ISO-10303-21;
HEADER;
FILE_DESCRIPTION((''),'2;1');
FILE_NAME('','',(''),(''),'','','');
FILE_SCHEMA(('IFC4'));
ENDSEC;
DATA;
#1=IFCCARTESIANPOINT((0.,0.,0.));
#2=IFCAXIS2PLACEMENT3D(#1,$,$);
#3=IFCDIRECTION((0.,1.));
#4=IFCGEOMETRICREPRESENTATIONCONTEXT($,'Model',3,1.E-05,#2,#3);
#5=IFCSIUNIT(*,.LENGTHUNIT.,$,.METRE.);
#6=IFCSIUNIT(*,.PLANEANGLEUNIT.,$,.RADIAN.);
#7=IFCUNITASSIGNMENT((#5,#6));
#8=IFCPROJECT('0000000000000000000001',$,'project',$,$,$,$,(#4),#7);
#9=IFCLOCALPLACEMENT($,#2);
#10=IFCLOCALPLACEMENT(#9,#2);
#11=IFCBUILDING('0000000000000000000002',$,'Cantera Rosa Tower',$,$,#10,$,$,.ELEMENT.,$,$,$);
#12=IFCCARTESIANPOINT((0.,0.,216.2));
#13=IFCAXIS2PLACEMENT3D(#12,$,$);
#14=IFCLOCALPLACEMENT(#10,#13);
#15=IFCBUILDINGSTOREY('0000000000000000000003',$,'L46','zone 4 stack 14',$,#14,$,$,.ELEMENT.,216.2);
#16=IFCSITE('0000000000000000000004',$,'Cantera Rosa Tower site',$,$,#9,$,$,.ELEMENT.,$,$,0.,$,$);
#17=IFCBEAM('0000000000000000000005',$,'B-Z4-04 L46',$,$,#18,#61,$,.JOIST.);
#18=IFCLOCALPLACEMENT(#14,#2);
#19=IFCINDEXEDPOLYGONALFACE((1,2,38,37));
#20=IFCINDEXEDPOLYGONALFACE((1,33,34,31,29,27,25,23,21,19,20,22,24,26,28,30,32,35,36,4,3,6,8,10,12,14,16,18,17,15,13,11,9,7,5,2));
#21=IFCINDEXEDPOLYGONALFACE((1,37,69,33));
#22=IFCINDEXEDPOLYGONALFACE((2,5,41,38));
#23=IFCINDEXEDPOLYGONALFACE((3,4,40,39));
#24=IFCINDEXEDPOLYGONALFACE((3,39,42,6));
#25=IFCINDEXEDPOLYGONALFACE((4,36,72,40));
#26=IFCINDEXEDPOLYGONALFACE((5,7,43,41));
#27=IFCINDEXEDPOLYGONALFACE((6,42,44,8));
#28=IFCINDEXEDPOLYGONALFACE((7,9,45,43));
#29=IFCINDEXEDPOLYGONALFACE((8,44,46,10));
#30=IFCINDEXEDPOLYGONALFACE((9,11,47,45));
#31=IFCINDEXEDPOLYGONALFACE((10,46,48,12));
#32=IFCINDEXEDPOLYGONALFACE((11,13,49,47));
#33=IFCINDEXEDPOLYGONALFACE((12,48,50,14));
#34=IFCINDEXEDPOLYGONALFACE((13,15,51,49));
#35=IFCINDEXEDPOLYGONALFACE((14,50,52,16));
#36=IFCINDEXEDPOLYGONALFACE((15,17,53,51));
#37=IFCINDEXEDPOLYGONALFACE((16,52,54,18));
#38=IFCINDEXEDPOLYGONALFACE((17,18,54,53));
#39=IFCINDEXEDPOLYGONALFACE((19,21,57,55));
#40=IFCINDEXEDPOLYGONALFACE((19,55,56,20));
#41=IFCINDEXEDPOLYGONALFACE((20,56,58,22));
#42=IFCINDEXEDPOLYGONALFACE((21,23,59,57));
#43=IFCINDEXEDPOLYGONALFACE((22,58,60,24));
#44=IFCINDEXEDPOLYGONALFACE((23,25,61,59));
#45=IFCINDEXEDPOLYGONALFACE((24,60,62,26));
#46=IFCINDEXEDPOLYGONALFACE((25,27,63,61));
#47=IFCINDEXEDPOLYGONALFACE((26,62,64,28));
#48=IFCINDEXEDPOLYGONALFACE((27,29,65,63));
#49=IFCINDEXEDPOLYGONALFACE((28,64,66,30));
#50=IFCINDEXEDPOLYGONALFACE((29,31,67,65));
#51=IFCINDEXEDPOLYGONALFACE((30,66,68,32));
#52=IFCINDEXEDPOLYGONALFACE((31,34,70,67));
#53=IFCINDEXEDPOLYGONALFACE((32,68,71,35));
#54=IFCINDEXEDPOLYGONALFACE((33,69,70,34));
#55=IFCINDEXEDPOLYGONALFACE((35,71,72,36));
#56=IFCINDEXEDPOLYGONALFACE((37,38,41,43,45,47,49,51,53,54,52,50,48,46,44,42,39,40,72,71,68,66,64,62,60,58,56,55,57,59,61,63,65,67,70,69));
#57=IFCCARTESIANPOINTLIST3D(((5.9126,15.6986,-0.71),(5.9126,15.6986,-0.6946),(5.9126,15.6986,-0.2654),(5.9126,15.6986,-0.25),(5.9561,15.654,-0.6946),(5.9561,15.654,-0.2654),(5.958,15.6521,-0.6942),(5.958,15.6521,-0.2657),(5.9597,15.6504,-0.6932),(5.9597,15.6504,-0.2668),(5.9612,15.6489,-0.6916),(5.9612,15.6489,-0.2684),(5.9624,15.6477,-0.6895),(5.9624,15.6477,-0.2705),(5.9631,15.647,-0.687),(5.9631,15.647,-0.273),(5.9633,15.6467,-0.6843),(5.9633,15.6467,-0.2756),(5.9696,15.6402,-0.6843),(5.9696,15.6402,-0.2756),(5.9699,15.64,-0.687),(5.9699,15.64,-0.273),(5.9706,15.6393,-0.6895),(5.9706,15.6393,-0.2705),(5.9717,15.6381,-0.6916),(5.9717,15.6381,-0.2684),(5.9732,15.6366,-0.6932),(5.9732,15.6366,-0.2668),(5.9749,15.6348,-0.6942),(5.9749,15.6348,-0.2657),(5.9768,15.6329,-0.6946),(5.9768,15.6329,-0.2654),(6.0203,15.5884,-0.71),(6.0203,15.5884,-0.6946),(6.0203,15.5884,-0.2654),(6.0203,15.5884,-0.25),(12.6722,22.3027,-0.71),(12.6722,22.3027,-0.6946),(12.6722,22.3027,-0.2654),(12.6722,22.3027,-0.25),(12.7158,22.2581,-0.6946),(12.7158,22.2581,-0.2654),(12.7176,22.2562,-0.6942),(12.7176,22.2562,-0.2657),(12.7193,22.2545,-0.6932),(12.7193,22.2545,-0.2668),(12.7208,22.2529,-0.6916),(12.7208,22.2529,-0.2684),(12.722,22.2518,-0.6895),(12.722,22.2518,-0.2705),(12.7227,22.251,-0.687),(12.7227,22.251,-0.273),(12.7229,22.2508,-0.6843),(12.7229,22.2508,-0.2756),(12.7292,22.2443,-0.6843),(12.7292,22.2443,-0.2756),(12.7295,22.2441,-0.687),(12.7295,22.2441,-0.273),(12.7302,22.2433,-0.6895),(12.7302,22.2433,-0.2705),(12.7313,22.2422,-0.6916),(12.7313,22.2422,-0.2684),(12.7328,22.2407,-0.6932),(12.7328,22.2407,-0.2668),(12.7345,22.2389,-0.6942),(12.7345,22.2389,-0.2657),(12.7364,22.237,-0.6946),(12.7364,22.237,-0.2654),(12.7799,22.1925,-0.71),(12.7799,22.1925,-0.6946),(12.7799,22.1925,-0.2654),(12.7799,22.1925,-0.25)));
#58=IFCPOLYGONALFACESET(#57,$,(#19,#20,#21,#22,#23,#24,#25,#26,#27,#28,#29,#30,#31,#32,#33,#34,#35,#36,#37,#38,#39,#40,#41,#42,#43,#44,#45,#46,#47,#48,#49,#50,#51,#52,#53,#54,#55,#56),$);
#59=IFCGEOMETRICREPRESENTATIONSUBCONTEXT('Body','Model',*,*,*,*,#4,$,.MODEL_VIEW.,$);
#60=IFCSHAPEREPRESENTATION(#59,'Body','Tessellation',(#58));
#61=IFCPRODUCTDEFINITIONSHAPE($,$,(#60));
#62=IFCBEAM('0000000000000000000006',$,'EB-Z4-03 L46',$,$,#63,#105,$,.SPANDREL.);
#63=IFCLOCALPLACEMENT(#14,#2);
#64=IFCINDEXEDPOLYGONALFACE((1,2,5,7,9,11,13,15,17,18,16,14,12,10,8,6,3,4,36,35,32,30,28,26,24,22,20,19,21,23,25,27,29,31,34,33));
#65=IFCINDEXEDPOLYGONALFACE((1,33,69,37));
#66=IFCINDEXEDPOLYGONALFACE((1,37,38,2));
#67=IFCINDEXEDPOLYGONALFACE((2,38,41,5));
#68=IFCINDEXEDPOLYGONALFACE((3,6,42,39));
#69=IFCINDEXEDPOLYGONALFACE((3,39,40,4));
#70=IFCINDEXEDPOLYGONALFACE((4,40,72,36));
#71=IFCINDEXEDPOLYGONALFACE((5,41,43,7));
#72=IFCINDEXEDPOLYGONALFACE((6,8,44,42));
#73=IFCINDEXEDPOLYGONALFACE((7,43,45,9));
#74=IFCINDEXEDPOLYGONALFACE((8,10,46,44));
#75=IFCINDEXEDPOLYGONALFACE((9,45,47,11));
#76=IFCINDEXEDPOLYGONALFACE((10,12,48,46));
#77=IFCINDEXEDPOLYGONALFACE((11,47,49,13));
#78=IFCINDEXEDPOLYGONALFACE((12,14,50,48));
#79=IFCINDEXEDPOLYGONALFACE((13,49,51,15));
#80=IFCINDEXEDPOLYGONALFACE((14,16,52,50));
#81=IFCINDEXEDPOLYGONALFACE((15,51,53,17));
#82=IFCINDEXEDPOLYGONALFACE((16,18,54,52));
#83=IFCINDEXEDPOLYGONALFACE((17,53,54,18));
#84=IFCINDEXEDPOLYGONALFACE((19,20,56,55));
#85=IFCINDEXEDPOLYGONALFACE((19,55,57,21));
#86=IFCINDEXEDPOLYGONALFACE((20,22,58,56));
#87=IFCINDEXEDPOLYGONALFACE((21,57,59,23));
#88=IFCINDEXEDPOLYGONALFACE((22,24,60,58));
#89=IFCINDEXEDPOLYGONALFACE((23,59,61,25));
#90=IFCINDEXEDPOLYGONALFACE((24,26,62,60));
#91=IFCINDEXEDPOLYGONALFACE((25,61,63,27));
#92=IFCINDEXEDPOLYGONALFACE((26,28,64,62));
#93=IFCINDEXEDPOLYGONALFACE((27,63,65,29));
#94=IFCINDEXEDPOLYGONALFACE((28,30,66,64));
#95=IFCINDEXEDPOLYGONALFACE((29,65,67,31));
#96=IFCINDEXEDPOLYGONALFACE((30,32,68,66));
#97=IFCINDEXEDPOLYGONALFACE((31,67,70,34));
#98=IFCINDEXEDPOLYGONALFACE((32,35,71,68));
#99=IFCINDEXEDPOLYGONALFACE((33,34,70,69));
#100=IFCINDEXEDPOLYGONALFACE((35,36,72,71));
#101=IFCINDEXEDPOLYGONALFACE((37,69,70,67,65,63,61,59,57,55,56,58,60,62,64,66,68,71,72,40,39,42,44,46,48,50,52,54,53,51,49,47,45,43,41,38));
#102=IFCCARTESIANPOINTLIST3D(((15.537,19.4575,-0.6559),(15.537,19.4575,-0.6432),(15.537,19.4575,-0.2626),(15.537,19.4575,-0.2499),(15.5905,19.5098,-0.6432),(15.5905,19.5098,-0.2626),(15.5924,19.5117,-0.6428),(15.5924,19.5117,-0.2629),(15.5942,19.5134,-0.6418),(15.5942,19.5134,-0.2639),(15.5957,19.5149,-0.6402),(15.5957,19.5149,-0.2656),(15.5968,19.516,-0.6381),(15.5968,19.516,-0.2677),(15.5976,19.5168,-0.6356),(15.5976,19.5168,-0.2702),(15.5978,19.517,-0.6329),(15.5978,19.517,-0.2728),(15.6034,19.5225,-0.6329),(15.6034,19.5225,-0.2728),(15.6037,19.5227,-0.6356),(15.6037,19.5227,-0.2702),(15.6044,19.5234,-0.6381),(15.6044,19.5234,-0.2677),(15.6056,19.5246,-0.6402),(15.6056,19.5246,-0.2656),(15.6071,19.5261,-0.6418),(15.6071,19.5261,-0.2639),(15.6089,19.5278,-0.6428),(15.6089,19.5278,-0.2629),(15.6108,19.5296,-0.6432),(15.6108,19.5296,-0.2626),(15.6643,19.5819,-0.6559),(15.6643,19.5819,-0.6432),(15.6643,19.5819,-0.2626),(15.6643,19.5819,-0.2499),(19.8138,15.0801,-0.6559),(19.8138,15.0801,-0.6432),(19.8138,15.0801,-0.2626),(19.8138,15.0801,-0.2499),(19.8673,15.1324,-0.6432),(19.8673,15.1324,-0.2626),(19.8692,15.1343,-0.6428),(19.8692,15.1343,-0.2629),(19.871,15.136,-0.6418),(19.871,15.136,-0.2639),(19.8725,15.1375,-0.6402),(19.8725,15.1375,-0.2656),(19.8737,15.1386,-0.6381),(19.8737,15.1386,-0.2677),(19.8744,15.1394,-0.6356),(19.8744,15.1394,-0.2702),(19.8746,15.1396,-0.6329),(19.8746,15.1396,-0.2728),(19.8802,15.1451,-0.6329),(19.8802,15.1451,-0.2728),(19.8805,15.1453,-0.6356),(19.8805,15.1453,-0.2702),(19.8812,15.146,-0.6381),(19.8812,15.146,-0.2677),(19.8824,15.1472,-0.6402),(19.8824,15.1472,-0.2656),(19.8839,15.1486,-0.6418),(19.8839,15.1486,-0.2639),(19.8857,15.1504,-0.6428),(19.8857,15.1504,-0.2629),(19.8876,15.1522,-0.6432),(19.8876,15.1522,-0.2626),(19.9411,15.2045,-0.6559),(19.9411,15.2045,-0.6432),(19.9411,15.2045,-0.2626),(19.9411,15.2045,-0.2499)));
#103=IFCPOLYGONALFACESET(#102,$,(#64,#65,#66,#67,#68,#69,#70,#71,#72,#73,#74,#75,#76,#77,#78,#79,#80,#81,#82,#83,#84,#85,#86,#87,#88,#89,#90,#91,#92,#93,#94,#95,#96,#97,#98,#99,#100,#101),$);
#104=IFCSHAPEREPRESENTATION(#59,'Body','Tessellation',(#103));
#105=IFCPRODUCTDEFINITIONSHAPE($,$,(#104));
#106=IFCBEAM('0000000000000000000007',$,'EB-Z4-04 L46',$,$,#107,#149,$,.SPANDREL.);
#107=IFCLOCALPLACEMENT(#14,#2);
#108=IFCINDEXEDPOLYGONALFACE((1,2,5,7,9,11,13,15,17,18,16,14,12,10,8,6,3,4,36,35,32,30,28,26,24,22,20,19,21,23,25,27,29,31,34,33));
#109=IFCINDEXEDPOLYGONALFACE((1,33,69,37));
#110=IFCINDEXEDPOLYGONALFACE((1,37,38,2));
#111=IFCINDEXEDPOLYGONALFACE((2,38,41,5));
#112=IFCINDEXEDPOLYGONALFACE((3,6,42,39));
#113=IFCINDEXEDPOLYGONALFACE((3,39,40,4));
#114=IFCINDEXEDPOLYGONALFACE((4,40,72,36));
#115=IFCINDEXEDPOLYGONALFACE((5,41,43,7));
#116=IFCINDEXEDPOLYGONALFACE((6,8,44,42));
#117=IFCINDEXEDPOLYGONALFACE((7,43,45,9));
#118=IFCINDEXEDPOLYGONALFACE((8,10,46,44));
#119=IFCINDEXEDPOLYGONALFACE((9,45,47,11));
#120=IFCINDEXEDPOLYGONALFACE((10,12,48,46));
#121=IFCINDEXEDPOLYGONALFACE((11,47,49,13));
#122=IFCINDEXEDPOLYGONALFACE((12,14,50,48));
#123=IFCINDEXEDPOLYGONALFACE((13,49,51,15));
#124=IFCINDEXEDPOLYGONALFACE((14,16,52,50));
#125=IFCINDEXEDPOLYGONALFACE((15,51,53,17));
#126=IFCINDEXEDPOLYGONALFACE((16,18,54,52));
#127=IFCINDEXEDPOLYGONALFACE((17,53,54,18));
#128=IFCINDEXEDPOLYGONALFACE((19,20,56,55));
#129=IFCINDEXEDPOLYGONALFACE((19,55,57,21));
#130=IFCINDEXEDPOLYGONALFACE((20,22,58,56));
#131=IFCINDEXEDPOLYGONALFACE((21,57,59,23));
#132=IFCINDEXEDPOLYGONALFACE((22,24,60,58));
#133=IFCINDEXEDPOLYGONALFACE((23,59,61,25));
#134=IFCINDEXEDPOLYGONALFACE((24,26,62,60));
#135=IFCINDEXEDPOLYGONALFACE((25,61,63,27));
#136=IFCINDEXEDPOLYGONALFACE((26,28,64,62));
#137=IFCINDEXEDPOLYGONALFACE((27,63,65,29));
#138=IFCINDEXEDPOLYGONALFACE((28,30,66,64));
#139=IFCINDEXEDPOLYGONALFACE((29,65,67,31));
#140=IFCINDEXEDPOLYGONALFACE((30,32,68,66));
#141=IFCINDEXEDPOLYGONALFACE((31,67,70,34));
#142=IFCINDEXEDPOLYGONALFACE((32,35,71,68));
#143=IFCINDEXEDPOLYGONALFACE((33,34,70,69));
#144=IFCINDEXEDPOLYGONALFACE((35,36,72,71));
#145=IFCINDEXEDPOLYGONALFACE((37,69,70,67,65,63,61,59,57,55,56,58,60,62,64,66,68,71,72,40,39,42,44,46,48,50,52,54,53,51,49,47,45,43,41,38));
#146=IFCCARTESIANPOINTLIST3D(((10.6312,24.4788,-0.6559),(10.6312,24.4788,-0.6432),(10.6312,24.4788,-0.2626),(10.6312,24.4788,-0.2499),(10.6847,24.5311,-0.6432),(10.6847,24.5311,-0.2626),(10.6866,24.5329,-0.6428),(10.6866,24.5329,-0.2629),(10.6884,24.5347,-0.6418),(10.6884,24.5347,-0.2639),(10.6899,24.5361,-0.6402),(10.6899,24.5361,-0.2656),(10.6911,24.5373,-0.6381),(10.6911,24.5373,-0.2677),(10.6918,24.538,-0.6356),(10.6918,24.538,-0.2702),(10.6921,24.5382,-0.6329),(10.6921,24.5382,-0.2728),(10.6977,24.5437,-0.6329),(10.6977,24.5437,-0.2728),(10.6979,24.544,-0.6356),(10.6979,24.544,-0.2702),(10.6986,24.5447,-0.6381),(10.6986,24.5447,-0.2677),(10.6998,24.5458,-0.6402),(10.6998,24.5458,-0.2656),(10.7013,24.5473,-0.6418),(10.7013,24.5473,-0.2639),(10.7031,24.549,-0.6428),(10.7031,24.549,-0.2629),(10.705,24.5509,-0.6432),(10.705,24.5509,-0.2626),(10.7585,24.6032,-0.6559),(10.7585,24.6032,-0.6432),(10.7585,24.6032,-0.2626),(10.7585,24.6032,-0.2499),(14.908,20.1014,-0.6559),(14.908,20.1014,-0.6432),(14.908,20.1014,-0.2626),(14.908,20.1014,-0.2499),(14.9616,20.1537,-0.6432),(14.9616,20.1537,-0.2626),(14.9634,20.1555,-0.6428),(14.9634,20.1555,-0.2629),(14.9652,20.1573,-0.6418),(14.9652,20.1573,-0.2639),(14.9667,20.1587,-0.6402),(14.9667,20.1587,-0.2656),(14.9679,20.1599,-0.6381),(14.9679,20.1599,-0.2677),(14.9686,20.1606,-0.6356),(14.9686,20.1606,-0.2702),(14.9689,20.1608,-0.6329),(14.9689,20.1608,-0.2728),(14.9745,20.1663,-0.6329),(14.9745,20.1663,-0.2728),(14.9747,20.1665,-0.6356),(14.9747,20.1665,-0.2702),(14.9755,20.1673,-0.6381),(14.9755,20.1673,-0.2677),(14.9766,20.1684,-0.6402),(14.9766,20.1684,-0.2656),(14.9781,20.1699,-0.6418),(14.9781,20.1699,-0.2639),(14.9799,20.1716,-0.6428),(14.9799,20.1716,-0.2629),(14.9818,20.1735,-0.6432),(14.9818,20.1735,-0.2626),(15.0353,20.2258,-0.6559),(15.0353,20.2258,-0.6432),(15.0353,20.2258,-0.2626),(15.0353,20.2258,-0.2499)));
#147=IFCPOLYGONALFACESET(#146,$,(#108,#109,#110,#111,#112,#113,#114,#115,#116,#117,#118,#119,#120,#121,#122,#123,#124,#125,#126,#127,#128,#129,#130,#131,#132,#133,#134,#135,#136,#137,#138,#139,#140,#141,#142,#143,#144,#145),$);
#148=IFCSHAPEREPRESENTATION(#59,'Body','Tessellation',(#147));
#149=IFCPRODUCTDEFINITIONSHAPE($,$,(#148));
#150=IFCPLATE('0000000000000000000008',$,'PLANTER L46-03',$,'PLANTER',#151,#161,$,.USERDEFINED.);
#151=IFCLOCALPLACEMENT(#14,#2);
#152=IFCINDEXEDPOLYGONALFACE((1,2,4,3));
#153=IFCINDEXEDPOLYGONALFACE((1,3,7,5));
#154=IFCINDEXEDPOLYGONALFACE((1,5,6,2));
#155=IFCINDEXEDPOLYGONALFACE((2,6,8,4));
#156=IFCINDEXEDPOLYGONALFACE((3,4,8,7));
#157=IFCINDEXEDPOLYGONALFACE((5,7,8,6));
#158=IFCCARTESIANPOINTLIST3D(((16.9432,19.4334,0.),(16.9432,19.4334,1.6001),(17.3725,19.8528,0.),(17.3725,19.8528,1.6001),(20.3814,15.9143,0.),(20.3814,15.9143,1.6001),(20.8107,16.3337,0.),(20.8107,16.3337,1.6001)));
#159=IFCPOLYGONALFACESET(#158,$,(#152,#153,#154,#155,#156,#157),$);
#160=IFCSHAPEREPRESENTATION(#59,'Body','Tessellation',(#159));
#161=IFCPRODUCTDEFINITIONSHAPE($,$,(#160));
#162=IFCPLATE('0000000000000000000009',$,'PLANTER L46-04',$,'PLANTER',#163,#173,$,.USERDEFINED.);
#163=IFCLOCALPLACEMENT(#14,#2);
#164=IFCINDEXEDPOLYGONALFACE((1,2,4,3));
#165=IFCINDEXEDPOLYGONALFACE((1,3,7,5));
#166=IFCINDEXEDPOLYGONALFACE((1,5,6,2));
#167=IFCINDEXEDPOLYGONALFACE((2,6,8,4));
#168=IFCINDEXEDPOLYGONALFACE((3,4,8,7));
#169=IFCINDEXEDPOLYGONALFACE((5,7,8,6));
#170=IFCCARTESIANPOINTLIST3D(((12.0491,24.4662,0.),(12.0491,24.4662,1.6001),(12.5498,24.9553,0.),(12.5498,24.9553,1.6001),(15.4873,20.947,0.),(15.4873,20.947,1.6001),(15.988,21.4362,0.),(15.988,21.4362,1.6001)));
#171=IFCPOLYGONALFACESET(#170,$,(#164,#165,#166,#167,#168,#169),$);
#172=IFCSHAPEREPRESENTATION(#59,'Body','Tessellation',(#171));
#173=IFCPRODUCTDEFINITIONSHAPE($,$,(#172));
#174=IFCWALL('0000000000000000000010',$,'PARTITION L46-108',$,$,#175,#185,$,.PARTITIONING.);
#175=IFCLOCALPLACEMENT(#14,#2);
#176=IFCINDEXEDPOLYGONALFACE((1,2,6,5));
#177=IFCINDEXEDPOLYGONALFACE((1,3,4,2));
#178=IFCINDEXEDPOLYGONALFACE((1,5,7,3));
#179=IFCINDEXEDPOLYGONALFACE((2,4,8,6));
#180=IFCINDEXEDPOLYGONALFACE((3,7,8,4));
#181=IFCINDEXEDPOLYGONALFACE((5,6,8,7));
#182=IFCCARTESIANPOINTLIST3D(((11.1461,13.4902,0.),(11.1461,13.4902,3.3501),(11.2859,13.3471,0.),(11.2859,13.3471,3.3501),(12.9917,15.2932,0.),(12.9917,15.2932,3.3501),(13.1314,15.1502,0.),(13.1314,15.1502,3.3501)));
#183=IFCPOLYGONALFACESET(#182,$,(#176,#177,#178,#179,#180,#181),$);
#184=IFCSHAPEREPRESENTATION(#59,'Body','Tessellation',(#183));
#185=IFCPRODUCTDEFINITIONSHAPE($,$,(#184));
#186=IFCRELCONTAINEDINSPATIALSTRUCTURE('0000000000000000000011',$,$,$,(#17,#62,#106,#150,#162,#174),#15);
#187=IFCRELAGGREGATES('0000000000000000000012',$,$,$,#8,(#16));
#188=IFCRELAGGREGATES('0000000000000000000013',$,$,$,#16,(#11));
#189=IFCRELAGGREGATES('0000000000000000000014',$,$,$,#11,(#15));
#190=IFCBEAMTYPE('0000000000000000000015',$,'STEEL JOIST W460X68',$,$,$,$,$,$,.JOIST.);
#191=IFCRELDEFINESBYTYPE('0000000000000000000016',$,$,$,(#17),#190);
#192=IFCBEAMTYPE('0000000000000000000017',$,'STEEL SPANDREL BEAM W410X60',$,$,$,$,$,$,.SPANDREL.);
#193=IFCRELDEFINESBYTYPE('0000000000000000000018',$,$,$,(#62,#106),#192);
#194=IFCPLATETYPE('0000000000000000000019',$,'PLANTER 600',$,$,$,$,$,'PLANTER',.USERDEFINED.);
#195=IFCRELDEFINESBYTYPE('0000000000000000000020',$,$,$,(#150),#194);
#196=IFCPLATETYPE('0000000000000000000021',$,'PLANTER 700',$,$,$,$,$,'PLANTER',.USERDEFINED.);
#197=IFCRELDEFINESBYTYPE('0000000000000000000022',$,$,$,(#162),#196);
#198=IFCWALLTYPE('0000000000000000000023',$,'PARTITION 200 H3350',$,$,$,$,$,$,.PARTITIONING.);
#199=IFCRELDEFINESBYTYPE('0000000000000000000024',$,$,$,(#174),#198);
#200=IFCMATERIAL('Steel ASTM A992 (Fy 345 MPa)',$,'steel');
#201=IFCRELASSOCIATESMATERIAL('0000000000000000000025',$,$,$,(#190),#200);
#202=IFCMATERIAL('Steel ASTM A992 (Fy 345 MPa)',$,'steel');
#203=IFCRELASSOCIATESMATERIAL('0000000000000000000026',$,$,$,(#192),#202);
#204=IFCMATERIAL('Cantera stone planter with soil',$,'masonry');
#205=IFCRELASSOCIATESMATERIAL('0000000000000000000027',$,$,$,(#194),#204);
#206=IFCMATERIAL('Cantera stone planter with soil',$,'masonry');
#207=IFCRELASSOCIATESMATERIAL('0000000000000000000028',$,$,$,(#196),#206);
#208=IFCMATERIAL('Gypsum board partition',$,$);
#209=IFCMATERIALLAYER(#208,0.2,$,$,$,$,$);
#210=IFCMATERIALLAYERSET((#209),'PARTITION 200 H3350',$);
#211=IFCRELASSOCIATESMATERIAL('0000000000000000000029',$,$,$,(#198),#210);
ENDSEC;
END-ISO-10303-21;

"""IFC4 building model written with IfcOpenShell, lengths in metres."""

from ifc_helpers import new_model, si_unit, direction, frame, frame_2d, origin, origin_2d, place, context, subcontext, project, spatial, rectangle, i_section, extrude, material, layer, layer_set, material_profile, profile_set, type_object, element, save


model = new_model("IFC4")

# Units and contexts
model_context = context("Model", 3, precision=1e-05, world=origin(), true_north=direction((0.0, 1.0)))
body_context = subcontext(model_context, "Body", "Model", "MODEL_VIEW")
ifc_project = project(units=[si_unit("LENGTHUNIT", "METRE"), si_unit("PLANEANGLEUNIT", "RADIAN")], contexts=[model_context])

# Site, building, storey
site_placement = place(None, origin())
site = spatial("IfcSite", under=ifc_project, at=site_placement, Name="Cantera Rosa Tower site", CompositionType="ELEMENT", RefElevation=0.0)
building_placement = place(site_placement, origin())
building = spatial("IfcBuilding", under=site, at=building_placement, Name="Cantera Rosa Tower", CompositionType="ELEMENT")
storey_placement = place(building_placement, frame((0.0, 0.0, 216.2)))
storey = spatial("IfcBuildingStorey", under=building, at=storey_placement, Name="L46", Description="zone 4 stack 14", CompositionType="ELEMENT", Elevation=216.2)

# Beams
ifc_material_1 = material(Name="Steel ASTM A992 (Fy 345 MPa)", Category="steel")
ifc_material_profile_1 = material_profile(ifc_material_1, i_section(OverallWidth=0.1541, OverallDepth=0.46, WebThickness=0.009, FlangeThickness=0.0154, FilletRadius=0.0103, at=origin_2d()), Name="W460X68")
ifc_profile_set_1 = profile_set([ifc_material_profile_1], Name="Steel ASTM A992 (Fy 345 MPa)")
beam_type_1 = type_object("IfcBeamType", Name="STEEL JOIST W460X68", PredefinedType="JOIST", material=ifc_profile_set_1)
for number, where, z_axis, x_axis, name in (
    (1, (12.7261, 22.2476, -0.48), (-0.715287, -0.698831, 0.0), (0.698831, -0.715287, 0.0), "B-Z4-04 L46"),
):
    element("IfcBeam", number, at=place(storey_placement, frame(where, z_axis=z_axis, x_axis=x_axis)), inside=storey, type_object=beam_type_1, Name=name, PredefinedType="JOIST", context=body_context, shape_type="SweptSolid", body=[
        extrude(i_section(OverallWidth=0.1541, OverallDepth=0.46, WebThickness=0.009, FlangeThickness=0.0154, FilletRadius=0.0103, at=origin_2d()), origin(), (0.0, 0.0, 1.0), 9.4502),
    ])
ifc_material_2 = material(Name="Steel ASTM A992 (Fy 345 MPa)", Category="steel")
ifc_material_profile_2 = material_profile(ifc_material_2, i_section(OverallWidth=0.178, OverallDepth=0.406, WebThickness=0.0078, FlangeThickness=0.0127, FilletRadius=0.0103, at=origin_2d()), Name="W410X60")
ifc_profile_set_2 = profile_set([ifc_material_profile_2], Name="Steel ASTM A992 (Fy 345 MPa)")
beam_type_2 = type_object("IfcBeamType", Name="STEEL SPANDREL BEAM W410X60", PredefinedType="SPANDREL", material=ifc_profile_set_2)
for number, where, z_axis, x_axis, name in (
    (2, (19.8774, 15.1423, -0.4529), (-0.698841, 0.715277, 0.0), (-0.715277, -0.698841, 0.0), "EB-Z4-03 L46"),
    (3, (14.9717, 20.1636, -0.4529), (-0.698841, 0.715277, 0.0), (-0.715277, -0.698841, 0.0), "EB-Z4-04 L46"),
):
    element("IfcBeam", number, at=place(storey_placement, frame(where, z_axis=z_axis, x_axis=x_axis)), inside=storey, type_object=beam_type_2, Name=name, PredefinedType="SPANDREL", context=body_context, shape_type="SweptSolid", body=[
        extrude(i_section(OverallWidth=0.178, OverallDepth=0.406, WebThickness=0.0078, FlangeThickness=0.0127, FilletRadius=0.0103, at=origin_2d()), origin(), (0.0, 0.0, 1.0), 6.1199),
    ])

# Plates
ifc_material_3 = material(Name="Cantera stone planter with soil", Category="masonry")
plate_type_1 = type_object("IfcPlateType", Name="PLANTER 600", ElementType="PLANTER", PredefinedType="USERDEFINED", material=ifc_material_3)
plate_1_placement = place(storey_placement, frame((18.877, 17.8835, 0.0), z_axis=(0.0, 0.0, 1.0), x_axis=(-0.698832, 0.715286, 0.0)))
element("IfcPlate", 4, at=plate_1_placement, inside=storey, type_object=plate_type_1, Name="PLANTER L46-03", ObjectType="PLANTER", PredefinedType="USERDEFINED", context=body_context, shape_type="SweptSolid", body=[
    extrude(rectangle(XDim=4.9199, YDim=0.6001, at=origin_2d()), origin(), (0.0, 0.0, 1.0), 1.6001),
])
ifc_material_4 = material(Name="Cantera stone planter with soil", Category="masonry")
plate_type_2 = type_object("IfcPlateType", Name="PLANTER 700", ElementType="PLANTER", PredefinedType="USERDEFINED", material=ifc_material_4)
plate_2_placement = place(storey_placement, frame((14.0186, 22.9512, 0.0), z_axis=(0.0, 0.0, 1.0), x_axis=(-0.698832, 0.715286, 0.0)))
element("IfcPlate", 5, at=plate_2_placement, inside=storey, type_object=plate_type_2, Name="PLANTER L46-04", ObjectType="PLANTER", PredefinedType="USERDEFINED", context=body_context, shape_type="SweptSolid", body=[
    extrude(rectangle(XDim=4.9199, YDim=0.7, at=origin_2d()), origin(), (0.0, 0.0, 1.0), 1.6001),
])

# Wall
ifc_material_5 = material(Name="Gypsum board partition")
ifc_layer_1 = layer(ifc_material_5, 0.2)
ifc_layer_set_1 = layer_set([ifc_layer_1], Name="PARTITION 200 H3350")
wall_type_1 = type_object("IfcWallType", Name="PARTITION 200 H3350", PredefinedType="PARTITIONING", material=ifc_layer_set_1)
wall_1_placement = place(storey_placement, frame((13.0615, 15.2217, 0.0), z_axis=(0.0, 0.0, 1.0), x_axis=(-0.715291, -0.698826, 0.0)))
element("IfcWall", 6, at=wall_1_placement, inside=storey, type_object=wall_type_1, Name="PARTITION L46-108", PredefinedType="PARTITIONING", context=body_context, shape_type="SweptSolid", body=[
    extrude(rectangle(XDim=2.5801, YDim=0.2, at=frame_2d((1.29, 0.0))), origin(), (0.0, 0.0, 1.0), 3.3501),
])

save(model, "model.ifc")
